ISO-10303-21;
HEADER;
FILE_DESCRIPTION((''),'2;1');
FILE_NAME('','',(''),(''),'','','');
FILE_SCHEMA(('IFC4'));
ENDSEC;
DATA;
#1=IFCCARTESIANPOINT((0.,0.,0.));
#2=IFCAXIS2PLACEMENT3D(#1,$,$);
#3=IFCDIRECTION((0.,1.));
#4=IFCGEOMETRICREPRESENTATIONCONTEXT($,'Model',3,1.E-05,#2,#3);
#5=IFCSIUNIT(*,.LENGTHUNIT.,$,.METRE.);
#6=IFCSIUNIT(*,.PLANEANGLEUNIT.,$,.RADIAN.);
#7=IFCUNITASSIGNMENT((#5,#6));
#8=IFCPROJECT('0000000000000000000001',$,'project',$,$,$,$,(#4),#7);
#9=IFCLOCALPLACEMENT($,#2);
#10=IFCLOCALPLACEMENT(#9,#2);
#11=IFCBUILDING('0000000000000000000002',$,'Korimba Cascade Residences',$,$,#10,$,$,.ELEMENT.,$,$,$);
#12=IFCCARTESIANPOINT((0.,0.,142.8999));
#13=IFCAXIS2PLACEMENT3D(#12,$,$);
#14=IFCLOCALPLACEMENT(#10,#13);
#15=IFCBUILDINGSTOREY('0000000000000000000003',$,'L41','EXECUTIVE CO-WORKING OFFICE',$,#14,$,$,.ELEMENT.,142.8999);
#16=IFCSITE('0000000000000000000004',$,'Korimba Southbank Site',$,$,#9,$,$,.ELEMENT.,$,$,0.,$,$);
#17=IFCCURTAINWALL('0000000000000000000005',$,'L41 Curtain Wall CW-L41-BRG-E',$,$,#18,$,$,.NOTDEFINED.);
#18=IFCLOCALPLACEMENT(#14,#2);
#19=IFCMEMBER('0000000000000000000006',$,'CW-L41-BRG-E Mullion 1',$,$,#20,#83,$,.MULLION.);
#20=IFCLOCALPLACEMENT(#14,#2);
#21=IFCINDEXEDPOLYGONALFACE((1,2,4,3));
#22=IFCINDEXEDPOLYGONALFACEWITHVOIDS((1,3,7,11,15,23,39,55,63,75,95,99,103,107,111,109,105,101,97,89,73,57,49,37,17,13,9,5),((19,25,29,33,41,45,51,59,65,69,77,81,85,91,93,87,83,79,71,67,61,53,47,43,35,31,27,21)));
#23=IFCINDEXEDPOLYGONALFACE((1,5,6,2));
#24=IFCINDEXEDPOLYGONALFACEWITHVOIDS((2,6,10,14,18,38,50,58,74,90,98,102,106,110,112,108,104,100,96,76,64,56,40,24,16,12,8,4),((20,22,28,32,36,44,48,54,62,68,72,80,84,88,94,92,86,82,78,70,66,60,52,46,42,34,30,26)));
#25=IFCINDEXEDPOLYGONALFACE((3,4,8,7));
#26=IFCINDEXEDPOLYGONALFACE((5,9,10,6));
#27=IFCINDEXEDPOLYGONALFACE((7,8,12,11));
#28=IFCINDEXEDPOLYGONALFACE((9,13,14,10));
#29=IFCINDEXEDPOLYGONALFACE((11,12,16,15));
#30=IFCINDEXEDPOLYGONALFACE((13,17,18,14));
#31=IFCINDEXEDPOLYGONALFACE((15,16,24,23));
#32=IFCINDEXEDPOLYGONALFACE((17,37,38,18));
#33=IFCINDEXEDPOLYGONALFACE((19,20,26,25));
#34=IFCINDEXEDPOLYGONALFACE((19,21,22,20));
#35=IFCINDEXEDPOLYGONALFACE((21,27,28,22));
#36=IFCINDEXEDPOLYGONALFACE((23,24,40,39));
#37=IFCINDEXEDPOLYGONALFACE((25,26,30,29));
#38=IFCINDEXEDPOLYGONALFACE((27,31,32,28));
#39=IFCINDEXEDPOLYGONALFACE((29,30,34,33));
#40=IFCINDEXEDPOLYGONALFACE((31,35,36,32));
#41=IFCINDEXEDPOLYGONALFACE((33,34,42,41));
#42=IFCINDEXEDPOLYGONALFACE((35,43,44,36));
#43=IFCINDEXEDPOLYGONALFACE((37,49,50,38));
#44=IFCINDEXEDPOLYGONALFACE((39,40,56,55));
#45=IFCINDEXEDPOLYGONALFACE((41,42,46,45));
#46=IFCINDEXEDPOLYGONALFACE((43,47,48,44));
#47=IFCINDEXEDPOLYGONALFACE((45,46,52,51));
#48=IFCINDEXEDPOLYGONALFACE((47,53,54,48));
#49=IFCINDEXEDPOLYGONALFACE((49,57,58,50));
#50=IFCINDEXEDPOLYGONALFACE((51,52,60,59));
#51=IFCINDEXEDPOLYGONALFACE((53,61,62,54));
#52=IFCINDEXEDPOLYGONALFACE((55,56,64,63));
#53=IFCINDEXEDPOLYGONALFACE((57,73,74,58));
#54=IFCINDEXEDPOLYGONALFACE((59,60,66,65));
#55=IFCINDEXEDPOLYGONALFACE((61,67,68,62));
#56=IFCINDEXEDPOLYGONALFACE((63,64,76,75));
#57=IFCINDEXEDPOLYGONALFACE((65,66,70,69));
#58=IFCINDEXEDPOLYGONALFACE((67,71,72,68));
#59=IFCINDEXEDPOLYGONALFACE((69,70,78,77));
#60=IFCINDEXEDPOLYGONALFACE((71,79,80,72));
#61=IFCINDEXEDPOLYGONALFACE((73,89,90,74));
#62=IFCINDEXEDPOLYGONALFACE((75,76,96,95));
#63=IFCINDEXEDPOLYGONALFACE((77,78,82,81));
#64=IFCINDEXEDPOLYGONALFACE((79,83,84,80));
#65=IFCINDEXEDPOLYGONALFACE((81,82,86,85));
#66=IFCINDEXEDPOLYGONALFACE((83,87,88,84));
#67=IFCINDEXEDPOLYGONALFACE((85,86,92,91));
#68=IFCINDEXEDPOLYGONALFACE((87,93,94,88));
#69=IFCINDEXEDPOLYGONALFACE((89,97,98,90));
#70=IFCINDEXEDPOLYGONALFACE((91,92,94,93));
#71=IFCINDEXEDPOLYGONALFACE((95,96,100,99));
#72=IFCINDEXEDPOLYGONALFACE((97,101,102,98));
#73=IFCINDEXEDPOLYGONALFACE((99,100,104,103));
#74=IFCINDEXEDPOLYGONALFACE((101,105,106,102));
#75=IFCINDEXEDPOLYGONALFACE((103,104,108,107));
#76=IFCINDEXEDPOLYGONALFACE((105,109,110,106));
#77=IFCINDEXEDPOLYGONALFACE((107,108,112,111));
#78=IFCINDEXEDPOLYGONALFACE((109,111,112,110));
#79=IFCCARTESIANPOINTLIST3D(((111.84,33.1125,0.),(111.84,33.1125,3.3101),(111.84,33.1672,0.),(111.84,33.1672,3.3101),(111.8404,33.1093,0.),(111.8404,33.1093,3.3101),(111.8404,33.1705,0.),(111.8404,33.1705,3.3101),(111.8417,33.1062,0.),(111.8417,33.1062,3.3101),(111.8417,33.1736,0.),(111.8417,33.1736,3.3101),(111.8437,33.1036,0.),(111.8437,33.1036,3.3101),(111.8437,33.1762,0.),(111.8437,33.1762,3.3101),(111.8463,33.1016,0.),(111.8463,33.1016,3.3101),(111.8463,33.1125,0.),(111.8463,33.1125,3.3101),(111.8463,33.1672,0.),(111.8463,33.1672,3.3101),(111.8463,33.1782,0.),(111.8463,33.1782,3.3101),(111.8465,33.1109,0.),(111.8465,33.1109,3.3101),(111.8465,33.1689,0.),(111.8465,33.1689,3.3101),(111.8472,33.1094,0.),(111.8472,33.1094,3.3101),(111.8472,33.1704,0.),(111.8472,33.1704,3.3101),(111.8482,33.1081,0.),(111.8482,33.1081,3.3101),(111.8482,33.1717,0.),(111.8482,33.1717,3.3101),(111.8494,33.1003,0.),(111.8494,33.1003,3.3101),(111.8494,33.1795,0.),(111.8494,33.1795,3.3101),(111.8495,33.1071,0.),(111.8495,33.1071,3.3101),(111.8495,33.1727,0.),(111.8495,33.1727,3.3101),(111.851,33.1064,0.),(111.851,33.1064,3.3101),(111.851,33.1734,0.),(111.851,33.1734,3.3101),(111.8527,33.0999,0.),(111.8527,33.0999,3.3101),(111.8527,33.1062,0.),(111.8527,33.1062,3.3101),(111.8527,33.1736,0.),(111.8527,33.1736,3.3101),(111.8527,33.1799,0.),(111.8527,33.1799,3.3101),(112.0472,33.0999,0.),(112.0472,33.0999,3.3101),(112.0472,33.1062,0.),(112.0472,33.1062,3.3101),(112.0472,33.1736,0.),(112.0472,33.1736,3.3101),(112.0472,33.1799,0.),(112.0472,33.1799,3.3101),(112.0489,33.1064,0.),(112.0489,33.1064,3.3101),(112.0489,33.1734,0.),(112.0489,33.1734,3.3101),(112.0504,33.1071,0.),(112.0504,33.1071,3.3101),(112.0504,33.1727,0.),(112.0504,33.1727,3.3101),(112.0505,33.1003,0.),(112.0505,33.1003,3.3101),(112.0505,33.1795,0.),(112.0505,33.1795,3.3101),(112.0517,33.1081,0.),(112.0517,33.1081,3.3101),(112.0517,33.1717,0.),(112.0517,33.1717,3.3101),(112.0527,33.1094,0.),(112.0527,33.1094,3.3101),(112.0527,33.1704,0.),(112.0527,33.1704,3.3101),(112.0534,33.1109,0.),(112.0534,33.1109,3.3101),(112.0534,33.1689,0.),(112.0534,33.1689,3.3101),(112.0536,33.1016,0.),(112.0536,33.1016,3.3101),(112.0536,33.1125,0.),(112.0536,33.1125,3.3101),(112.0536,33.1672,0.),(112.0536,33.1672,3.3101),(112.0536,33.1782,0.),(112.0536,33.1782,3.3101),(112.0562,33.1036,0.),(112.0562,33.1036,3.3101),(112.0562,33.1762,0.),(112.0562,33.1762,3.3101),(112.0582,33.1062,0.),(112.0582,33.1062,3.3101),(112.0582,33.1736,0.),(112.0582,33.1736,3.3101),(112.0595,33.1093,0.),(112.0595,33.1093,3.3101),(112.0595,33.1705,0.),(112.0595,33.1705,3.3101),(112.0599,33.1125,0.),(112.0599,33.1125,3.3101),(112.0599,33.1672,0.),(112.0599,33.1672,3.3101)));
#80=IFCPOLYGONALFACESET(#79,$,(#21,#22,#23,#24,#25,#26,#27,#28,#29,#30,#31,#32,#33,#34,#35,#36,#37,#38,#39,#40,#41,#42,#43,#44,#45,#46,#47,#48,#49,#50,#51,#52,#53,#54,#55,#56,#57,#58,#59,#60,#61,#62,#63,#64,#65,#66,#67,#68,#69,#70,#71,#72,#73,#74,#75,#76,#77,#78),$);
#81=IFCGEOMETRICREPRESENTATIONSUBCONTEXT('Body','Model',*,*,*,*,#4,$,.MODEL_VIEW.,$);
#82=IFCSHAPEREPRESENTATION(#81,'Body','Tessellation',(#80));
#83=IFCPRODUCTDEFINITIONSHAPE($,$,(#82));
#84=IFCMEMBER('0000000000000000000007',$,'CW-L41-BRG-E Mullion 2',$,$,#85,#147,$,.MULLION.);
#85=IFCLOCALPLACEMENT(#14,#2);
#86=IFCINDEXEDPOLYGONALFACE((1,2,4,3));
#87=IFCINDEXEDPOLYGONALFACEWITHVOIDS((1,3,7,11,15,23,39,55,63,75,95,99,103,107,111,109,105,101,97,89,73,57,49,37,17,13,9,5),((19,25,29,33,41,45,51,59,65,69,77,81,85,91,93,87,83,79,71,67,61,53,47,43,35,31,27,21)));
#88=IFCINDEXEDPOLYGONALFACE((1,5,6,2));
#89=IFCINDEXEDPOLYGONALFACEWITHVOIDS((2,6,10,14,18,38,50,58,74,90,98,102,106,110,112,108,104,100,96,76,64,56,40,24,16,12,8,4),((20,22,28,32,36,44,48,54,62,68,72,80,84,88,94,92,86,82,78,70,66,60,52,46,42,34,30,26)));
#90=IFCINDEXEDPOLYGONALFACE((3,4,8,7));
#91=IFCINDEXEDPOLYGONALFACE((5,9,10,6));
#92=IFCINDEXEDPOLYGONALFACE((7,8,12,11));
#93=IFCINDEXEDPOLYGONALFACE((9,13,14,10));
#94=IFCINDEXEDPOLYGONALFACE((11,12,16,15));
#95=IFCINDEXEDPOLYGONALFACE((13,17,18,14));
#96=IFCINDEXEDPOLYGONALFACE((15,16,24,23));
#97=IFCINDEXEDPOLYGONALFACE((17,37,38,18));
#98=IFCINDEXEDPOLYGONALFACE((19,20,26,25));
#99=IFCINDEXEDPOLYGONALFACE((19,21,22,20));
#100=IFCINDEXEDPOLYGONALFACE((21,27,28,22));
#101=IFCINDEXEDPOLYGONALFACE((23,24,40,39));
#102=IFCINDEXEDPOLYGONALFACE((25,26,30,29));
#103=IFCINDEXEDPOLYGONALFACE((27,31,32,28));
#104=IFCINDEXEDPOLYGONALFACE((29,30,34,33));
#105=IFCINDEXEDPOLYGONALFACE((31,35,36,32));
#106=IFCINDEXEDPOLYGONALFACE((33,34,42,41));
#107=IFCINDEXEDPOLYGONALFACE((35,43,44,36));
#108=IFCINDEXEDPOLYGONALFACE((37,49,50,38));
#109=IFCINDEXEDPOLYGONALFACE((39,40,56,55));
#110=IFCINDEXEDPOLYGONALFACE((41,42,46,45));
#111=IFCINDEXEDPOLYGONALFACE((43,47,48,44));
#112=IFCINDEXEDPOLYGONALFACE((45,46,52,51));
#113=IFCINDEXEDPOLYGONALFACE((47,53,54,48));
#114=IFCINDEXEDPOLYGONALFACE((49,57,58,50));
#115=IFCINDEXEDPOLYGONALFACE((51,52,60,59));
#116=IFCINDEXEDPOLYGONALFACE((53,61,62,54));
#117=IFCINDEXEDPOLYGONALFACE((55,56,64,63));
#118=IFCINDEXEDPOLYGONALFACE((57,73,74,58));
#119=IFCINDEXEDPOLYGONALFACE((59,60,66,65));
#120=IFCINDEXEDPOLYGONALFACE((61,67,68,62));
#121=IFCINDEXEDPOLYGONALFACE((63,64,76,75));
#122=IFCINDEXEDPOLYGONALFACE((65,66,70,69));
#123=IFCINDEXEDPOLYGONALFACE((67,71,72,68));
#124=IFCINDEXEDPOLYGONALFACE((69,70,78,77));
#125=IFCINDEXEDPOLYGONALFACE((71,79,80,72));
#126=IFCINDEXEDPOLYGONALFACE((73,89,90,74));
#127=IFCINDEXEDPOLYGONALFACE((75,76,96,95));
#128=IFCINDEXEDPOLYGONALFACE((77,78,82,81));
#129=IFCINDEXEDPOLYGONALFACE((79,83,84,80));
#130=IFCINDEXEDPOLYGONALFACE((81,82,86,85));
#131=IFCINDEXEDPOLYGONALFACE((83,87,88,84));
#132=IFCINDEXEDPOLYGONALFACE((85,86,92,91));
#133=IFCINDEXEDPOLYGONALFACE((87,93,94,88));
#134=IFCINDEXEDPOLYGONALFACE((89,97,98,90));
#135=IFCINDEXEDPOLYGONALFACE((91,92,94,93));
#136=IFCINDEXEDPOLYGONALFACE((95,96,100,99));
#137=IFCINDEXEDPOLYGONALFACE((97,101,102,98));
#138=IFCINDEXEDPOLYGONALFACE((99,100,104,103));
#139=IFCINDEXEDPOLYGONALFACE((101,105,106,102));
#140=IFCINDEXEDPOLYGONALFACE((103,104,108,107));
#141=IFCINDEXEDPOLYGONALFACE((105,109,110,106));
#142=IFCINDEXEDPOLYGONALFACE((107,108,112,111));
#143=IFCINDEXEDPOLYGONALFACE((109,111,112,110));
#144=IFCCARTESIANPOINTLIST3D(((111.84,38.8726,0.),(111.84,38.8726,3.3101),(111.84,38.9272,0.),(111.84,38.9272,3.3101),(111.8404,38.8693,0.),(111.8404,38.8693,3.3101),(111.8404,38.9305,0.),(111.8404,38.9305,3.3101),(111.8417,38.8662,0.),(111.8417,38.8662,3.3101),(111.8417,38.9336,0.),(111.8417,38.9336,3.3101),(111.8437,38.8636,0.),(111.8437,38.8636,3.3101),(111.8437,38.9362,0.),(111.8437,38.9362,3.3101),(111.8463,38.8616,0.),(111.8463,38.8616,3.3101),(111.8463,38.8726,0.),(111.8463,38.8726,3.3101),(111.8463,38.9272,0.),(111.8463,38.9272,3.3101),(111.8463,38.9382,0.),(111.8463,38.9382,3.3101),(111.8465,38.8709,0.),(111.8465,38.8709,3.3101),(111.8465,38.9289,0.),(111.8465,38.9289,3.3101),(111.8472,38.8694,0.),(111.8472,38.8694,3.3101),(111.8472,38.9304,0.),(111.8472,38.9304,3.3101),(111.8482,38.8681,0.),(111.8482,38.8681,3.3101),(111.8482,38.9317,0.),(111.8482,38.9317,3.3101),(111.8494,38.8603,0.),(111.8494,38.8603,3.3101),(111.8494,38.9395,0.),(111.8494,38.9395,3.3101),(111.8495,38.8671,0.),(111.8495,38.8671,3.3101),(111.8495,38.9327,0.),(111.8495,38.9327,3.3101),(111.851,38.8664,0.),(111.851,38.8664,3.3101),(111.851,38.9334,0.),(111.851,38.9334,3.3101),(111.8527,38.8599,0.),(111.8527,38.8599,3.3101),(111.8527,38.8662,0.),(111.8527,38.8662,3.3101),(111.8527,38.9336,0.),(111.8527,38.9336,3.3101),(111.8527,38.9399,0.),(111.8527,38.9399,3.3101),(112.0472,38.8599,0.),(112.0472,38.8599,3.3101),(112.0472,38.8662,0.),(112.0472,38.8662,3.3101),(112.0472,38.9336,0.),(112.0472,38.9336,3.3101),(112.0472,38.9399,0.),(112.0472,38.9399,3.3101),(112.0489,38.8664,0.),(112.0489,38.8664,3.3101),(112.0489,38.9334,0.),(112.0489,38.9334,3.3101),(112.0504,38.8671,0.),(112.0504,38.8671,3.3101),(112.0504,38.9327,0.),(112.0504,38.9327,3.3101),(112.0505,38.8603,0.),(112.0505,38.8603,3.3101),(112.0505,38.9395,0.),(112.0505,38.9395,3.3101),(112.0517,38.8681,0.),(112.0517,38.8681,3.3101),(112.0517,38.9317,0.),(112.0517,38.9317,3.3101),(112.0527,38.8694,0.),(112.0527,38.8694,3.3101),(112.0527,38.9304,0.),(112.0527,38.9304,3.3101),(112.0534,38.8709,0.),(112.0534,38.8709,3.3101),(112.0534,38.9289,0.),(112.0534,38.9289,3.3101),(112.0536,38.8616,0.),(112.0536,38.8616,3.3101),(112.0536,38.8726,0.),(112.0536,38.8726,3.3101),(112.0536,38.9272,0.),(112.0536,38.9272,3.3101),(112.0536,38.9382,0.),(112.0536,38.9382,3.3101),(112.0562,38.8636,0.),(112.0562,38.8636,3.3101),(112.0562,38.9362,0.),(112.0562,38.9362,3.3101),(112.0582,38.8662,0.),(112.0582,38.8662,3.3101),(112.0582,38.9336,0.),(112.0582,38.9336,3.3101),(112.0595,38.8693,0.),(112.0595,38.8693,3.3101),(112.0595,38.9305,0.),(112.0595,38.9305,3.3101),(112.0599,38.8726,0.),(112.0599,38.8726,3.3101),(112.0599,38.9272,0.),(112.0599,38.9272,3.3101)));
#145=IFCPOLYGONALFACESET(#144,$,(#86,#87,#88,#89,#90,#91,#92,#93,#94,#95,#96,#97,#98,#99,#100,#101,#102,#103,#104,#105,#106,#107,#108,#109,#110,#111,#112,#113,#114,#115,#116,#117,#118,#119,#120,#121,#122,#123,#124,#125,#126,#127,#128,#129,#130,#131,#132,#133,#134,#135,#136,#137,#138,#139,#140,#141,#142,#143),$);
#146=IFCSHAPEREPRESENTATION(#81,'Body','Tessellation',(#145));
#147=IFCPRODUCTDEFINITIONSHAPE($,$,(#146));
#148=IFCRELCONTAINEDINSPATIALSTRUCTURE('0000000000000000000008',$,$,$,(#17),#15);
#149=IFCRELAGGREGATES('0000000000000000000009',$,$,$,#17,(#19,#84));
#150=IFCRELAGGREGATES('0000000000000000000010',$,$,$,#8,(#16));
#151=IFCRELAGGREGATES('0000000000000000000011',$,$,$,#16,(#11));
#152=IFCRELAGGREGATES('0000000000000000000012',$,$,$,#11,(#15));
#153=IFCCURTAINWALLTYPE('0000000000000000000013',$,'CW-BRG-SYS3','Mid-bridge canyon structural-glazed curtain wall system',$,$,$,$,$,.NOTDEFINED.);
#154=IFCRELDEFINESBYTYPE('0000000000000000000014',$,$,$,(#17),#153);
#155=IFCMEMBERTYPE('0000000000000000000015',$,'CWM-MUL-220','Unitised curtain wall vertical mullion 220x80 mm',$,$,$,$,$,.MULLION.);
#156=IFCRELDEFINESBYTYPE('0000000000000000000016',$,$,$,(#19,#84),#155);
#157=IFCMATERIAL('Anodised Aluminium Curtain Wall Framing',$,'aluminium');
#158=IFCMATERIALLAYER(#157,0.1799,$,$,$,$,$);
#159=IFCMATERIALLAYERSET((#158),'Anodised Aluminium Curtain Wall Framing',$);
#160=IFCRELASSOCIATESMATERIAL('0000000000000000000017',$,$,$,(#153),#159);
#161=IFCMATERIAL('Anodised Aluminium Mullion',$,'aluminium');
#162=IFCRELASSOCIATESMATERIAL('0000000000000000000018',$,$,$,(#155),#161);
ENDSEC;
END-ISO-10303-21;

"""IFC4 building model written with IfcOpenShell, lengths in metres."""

from ifc_helpers import new_model, si_unit, direction, frame, origin, origin_2d, place, context, subcontext, project, spatial, hollow_rectangle, extrude, material, layer, layer_set, material_profile, profile_set, type_object, element, aggregate, save


model = new_model("IFC4")

# Units and contexts
model_context = context("Model", 3, precision=1e-05, world=origin(), true_north=direction((0.0, 1.0)))
body_context = subcontext(model_context, "Body", "Model", "MODEL_VIEW")
ifc_project = project(units=[si_unit("LENGTHUNIT", "METRE"), si_unit("PLANEANGLEUNIT", "RADIAN")], contexts=[model_context])

# Site, building, storey
site_placement = place(None, origin())
site = spatial("IfcSite", under=ifc_project, at=site_placement, Name="Korimba Southbank Site", CompositionType="ELEMENT", RefElevation=0.0)
building_placement = place(site_placement, origin())
building = spatial("IfcBuilding", under=site, at=building_placement, Name="Korimba Cascade Residences", CompositionType="ELEMENT")
storey_placement = place(building_placement, frame((0.0, 0.0, 142.8999)))
storey = spatial("IfcBuildingStorey", under=building, at=storey_placement, Name="L41", Description="EXECUTIVE CO-WORKING OFFICE", CompositionType="ELEMENT", Elevation=142.8999)

# Curtain wall, members
ifc_material_1 = material(Name="Anodised Aluminium Curtain Wall Framing", Category="aluminium")
ifc_layer_1 = layer(ifc_material_1, 0.1799)
ifc_layer_set_1 = layer_set([ifc_layer_1], Name="Anodised Aluminium Curtain Wall Framing")
curtain_wall_type = type_object("IfcCurtainWallType", Name="CW-BRG-SYS3", Description="Mid-bridge canyon structural-glazed curtain wall system", PredefinedType="NOTDEFINED", material=ifc_layer_set_1)
curtain_wall_placement = place(storey_placement, origin())
curtain_wall = element("IfcCurtainWall", 1, at=curtain_wall_placement, inside=storey, type_object=curtain_wall_type, Name="L41 Curtain Wall CW-L41-BRG-E", PredefinedType="NOTDEFINED")
ifc_material_2 = material(Name="Anodised Aluminium Mullion", Category="aluminium")
ifc_material_profile_1 = material_profile(ifc_material_2, hollow_rectangle(XDim=0.0801, YDim=0.22, WallThickness=0.0063, InnerFilletRadius=0.0063, OuterFilletRadius=0.0127, at=origin_2d()), Name="Anodised Aluminium Mullion")
ifc_profile_set_1 = profile_set([ifc_material_profile_1], Name="Anodised Aluminium Mullion")
member_type_1 = type_object("IfcMemberType", Name="CWM-MUL-220", Description="Unitised curtain wall vertical mullion 220x80 mm", PredefinedType="MULLION", material=ifc_profile_set_1)
member_1_placement = place(storey_placement, frame((111.95, 33.1399, 0.0), z_axis=(0.0, 0.0, 1.0), x_axis=(0.0, 1.0, 0.0)))
member_1 = element("IfcMember", 2, at=member_1_placement, type_object=member_type_1, Name="CW-L41-BRG-E Mullion 1", PredefinedType="MULLION", context=body_context, shape_type="SweptSolid", body=[
    extrude(hollow_rectangle(XDim=0.0801, YDim=0.22, WallThickness=0.0063, InnerFilletRadius=0.0063, OuterFilletRadius=0.0127, at=origin_2d()), origin(), (0.0, 0.0, 1.0), 3.3101),
])
member_2_placement = place(storey_placement, frame((111.95, 38.8999, 0.0), z_axis=(0.0, 0.0, 1.0), x_axis=(0.0, 1.0, 0.0)))
member_2 = element("IfcMember", 3, at=member_2_placement, type_object=member_type_1, Name="CW-L41-BRG-E Mullion 2", PredefinedType="MULLION", context=body_context, shape_type="SweptSolid", body=[
    extrude(hollow_rectangle(XDim=0.0801, YDim=0.22, WallThickness=0.0063, InnerFilletRadius=0.0063, OuterFilletRadius=0.0127, at=origin_2d()), origin(), (0.0, 0.0, 1.0), 3.3101),
])

aggregate(curtain_wall, [member_1, member_2])

save(model, "model.ifc")
